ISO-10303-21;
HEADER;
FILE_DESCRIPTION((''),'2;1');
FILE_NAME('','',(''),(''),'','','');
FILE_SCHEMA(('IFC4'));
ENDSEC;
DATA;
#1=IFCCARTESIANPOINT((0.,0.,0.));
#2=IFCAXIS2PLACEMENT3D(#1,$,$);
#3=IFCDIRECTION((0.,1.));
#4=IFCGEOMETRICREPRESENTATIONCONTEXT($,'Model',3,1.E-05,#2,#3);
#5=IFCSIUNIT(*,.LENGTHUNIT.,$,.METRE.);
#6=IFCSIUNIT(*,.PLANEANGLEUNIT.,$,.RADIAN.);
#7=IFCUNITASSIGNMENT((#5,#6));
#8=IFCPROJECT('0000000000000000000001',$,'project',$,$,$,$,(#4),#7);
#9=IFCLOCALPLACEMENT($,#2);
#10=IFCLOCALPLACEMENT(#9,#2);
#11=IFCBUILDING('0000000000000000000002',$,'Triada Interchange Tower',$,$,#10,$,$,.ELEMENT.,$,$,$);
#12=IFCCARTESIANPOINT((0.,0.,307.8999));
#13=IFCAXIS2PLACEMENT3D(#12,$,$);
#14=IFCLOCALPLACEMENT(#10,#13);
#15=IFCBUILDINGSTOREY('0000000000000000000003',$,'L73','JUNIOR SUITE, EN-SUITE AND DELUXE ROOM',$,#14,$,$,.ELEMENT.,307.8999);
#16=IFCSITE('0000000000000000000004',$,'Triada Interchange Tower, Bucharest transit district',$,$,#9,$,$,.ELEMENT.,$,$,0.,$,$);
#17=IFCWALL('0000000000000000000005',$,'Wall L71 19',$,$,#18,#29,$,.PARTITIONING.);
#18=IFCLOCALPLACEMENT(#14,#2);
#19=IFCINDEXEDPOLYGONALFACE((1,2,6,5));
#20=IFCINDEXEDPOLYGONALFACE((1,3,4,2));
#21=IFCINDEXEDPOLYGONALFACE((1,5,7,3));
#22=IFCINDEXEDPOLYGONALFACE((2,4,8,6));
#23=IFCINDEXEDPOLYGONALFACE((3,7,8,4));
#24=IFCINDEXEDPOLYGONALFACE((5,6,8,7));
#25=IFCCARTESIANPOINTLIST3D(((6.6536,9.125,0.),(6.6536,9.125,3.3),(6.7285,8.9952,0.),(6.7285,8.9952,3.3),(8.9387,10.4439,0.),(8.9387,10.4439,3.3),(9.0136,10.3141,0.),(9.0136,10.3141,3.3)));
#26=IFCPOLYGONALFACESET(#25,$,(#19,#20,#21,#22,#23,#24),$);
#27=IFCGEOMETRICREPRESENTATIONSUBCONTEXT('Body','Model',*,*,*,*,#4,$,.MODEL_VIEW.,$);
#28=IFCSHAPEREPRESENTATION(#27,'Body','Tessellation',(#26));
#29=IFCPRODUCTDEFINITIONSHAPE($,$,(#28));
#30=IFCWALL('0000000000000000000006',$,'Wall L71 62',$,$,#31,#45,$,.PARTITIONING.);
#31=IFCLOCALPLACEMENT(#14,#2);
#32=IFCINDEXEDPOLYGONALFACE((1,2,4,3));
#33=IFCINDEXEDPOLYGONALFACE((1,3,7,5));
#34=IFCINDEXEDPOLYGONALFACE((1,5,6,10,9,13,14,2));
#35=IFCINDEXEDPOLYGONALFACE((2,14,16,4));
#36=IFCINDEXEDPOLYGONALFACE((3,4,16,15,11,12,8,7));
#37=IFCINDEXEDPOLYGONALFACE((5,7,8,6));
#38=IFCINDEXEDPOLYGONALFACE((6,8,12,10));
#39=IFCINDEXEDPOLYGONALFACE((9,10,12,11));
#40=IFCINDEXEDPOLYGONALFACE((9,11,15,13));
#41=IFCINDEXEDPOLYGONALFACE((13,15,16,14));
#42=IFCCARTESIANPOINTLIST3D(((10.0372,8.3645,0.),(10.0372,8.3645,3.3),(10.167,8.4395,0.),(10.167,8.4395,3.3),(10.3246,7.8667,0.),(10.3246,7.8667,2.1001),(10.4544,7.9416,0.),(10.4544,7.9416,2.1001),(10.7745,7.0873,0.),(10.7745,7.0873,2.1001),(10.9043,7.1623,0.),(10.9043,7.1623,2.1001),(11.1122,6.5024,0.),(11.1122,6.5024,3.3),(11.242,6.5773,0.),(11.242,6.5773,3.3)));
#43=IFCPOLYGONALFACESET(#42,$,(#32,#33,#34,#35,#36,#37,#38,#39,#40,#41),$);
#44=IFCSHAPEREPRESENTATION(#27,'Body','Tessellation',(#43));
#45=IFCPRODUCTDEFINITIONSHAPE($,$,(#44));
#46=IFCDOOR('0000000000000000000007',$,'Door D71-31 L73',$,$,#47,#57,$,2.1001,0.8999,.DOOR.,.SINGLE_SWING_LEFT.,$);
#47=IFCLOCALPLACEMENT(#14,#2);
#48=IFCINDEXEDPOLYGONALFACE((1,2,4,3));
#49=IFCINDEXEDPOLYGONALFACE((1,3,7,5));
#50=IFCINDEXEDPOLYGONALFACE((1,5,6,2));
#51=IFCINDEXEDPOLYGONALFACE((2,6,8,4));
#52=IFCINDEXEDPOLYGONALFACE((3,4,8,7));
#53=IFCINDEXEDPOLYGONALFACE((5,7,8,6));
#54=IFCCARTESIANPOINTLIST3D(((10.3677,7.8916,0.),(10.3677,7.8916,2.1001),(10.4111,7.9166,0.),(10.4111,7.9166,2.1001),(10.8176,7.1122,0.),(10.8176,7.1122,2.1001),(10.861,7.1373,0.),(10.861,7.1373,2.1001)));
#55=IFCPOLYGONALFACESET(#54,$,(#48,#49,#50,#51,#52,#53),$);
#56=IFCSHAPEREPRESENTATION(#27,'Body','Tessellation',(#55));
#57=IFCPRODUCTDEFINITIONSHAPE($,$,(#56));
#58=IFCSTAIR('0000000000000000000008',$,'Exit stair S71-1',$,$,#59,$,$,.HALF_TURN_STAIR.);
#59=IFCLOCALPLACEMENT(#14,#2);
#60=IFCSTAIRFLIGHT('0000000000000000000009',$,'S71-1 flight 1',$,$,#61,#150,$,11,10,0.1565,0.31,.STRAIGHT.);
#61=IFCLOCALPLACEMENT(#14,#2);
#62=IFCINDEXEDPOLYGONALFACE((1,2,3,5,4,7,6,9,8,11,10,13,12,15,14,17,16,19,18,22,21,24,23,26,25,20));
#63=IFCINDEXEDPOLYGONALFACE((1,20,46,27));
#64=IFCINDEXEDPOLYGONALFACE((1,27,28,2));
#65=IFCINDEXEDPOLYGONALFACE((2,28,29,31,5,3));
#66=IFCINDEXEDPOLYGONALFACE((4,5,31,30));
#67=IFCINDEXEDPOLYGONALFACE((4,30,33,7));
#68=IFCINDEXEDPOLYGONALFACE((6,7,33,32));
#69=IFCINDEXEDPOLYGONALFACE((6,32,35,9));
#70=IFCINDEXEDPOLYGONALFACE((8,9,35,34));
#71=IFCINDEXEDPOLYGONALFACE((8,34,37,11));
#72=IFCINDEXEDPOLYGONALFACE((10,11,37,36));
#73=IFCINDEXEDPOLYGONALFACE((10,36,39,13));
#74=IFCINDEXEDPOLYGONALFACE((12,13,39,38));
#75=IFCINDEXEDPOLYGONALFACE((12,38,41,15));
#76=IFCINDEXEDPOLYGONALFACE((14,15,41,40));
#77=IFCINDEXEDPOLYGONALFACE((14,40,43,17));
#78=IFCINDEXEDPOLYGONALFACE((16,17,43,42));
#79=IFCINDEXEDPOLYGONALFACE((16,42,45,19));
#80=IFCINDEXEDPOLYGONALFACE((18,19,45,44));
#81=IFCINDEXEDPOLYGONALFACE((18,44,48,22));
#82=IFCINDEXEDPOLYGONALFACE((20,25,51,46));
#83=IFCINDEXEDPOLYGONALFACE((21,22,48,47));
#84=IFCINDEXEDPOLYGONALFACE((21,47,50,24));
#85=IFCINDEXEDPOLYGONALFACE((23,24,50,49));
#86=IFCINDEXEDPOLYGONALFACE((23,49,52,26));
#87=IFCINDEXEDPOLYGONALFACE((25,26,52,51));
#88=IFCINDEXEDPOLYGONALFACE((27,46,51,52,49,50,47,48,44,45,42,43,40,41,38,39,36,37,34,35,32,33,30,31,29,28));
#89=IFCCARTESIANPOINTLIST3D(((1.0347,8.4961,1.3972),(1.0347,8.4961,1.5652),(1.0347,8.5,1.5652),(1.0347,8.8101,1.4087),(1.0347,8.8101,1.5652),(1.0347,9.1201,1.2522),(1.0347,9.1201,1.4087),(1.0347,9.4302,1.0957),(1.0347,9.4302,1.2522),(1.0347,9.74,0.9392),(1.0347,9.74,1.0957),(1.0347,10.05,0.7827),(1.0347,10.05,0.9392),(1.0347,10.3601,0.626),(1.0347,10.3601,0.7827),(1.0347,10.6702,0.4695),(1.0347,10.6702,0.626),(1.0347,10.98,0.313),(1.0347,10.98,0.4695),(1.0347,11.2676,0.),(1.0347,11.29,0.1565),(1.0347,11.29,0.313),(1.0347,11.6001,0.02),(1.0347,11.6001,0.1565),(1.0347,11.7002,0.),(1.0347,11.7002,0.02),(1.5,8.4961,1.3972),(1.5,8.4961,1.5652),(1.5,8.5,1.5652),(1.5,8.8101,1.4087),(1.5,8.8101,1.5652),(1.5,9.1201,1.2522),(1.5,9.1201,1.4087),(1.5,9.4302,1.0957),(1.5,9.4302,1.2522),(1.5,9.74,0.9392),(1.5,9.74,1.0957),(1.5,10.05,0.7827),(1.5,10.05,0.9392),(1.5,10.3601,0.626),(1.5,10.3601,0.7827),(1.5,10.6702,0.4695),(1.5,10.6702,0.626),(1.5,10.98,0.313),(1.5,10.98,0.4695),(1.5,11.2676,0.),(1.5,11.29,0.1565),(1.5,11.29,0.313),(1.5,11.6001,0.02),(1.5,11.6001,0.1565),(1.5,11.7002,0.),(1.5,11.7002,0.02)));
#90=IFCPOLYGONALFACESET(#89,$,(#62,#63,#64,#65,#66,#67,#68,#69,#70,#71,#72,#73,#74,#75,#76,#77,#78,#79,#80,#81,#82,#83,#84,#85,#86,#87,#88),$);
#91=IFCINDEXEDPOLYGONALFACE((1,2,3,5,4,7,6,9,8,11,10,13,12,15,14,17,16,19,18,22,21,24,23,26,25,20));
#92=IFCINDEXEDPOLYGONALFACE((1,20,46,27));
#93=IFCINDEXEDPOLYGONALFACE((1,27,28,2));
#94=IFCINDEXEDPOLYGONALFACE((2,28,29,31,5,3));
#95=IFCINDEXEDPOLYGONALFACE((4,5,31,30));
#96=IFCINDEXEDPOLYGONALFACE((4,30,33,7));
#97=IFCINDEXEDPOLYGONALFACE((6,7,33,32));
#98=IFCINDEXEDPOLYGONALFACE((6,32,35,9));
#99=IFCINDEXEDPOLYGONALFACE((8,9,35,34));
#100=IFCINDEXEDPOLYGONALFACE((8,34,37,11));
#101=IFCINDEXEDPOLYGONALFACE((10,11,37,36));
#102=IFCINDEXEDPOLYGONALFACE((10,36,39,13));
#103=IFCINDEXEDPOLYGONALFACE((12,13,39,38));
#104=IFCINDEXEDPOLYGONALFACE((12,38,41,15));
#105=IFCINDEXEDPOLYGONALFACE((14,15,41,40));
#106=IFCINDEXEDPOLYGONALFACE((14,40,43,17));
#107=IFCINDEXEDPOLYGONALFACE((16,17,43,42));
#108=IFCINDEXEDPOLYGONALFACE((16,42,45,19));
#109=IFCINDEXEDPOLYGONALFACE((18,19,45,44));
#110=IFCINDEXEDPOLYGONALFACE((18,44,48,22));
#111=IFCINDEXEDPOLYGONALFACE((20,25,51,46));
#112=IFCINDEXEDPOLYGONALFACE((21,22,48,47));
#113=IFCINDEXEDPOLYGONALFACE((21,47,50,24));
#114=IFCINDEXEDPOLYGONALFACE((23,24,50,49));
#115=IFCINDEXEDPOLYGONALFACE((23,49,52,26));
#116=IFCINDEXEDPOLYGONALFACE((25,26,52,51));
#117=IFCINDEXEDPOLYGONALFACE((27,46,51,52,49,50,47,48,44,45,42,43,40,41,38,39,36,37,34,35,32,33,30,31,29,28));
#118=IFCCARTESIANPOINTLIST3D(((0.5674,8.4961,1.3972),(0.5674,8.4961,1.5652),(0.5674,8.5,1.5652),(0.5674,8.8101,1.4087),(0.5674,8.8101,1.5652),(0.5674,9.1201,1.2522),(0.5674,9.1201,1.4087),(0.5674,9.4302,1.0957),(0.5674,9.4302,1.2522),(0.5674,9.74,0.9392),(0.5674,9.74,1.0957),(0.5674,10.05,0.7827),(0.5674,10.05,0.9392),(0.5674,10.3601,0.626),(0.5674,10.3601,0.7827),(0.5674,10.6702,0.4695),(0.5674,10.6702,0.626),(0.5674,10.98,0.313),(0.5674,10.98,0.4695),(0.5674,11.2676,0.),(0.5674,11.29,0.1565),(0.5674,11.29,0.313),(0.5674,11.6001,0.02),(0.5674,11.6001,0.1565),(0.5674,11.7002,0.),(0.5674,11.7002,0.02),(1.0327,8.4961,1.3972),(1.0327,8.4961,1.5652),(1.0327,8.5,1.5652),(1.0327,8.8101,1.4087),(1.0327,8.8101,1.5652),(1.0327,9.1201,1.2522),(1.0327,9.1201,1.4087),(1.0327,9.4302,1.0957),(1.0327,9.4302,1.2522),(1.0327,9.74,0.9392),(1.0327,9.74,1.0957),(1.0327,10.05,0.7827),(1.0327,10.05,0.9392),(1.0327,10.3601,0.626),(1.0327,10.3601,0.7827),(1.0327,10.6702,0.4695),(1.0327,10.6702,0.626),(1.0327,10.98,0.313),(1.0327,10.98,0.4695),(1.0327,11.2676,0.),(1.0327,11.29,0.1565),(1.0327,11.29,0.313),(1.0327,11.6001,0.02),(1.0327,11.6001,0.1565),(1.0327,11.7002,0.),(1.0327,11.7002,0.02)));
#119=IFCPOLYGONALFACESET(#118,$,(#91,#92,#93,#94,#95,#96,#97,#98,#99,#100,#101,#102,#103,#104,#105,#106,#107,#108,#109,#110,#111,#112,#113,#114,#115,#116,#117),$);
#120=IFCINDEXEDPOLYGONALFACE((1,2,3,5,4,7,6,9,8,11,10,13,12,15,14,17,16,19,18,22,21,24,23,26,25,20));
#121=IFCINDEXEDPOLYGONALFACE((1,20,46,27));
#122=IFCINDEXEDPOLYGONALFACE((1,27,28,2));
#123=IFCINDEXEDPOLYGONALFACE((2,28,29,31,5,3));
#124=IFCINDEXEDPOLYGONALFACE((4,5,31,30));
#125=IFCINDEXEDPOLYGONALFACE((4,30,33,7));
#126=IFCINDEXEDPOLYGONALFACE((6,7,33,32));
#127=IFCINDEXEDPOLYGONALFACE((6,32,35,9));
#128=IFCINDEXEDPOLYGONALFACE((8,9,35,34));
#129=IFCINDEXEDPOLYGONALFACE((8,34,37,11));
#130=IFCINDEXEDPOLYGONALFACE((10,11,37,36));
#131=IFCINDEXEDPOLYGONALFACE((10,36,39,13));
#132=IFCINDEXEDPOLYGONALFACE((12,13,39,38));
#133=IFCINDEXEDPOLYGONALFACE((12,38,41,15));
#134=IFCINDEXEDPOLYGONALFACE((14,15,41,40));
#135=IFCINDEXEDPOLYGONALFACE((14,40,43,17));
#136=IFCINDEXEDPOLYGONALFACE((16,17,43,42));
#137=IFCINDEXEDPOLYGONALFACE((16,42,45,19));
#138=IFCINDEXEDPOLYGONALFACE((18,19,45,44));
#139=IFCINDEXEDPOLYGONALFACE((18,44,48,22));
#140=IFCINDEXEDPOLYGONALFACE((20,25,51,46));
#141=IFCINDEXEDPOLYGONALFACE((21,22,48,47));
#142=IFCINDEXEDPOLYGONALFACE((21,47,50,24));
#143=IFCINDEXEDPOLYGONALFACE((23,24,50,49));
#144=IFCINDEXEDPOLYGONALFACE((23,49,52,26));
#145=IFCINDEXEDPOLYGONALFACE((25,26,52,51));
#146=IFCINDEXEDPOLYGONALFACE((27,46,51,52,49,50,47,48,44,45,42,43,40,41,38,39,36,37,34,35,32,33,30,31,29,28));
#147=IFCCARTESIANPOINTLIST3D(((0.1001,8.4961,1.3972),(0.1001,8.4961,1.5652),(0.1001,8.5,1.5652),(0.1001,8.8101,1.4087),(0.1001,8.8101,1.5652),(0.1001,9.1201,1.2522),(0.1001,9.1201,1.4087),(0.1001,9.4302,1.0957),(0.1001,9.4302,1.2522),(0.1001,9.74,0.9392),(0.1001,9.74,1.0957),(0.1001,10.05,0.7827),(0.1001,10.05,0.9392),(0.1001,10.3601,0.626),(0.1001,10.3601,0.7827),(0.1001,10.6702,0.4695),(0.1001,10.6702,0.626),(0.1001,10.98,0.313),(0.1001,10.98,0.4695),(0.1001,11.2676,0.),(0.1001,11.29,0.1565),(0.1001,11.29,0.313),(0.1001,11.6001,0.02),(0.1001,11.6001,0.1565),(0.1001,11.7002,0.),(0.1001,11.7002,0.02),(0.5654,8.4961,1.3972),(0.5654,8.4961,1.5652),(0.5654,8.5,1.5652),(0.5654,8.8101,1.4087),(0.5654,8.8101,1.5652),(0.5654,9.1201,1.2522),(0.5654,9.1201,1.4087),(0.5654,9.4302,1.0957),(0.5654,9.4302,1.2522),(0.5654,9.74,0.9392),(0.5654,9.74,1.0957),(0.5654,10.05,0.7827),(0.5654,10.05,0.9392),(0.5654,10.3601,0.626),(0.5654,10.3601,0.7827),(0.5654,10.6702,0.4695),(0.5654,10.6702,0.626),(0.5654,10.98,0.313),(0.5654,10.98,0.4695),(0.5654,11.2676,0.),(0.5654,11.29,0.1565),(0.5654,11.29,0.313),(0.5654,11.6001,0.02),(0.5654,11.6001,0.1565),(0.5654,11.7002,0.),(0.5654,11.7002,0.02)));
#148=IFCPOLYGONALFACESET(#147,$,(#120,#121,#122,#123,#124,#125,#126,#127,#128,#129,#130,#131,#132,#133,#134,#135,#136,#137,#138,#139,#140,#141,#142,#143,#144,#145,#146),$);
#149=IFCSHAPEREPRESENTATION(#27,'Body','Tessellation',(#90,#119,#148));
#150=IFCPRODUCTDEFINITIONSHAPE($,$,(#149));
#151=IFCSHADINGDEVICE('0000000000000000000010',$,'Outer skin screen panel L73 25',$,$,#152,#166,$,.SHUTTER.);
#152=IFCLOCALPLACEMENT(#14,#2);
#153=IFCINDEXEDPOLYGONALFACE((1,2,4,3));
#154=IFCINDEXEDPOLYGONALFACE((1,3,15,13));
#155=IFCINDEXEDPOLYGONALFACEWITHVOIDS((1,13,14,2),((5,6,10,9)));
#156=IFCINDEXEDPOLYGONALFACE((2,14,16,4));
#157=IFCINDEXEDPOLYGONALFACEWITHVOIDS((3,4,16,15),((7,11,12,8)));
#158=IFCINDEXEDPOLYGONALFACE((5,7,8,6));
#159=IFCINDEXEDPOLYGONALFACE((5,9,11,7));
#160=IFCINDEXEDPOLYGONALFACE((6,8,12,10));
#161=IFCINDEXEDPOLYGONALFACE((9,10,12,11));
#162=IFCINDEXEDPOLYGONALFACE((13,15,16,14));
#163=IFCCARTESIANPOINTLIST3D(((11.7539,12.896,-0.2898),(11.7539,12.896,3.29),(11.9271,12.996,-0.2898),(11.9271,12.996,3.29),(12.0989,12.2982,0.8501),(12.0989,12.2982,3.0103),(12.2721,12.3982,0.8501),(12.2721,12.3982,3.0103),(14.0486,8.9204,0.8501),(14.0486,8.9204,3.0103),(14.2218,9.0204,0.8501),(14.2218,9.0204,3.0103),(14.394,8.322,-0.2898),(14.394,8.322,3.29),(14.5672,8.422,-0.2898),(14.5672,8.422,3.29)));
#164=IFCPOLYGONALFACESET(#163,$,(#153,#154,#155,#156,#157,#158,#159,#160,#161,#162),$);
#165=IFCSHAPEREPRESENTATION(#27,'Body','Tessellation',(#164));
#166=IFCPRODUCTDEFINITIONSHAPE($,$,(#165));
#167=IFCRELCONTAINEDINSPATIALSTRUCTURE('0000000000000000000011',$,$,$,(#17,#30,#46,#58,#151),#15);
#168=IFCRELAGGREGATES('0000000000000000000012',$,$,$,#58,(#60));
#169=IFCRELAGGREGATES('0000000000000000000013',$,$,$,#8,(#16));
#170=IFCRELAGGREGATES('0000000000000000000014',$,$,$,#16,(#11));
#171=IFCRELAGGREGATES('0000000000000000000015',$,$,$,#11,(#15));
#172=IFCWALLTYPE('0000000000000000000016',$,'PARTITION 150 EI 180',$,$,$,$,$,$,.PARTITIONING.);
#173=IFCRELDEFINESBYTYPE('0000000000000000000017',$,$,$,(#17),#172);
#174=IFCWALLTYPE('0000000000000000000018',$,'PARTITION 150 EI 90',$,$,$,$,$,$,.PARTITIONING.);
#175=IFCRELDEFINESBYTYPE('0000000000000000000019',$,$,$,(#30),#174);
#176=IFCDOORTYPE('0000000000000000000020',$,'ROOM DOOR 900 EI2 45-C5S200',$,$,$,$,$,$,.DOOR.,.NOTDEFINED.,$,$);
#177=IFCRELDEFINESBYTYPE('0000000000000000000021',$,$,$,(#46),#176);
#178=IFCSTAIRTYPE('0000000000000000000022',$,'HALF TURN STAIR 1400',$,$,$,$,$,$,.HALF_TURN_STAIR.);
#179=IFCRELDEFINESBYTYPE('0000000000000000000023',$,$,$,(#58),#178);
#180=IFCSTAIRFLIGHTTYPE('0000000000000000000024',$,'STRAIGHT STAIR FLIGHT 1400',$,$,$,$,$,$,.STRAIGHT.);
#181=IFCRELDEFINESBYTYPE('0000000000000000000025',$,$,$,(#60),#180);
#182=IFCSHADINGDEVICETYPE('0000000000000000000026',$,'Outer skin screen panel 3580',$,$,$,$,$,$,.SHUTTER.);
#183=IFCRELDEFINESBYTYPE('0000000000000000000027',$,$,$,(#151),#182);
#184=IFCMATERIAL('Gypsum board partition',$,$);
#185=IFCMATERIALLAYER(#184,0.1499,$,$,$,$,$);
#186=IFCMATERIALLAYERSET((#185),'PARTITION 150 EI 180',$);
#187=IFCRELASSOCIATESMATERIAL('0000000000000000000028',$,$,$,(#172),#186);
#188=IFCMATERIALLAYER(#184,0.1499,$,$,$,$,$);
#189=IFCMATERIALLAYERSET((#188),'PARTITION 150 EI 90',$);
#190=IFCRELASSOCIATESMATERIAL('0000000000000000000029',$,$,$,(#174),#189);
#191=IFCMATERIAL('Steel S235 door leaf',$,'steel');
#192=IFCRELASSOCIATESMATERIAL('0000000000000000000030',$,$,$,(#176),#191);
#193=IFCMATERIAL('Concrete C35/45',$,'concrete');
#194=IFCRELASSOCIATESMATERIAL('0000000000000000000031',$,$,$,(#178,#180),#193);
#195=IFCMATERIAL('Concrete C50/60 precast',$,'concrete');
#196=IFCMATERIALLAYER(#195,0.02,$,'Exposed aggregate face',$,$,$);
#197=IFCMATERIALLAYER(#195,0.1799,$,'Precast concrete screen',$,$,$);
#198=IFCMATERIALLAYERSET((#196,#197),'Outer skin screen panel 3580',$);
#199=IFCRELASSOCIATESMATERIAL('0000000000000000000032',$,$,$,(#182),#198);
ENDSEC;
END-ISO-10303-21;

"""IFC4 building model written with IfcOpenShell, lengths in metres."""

from ifc_helpers import new_model, si_unit, direction, frame, frame_2d, origin, place, context, subcontext, project, spatial, polyline, rectangle, outline, extrude, material, layer, layer_set, type_object, element, fill, aggregate, save


model = new_model("IFC4")

# Units and contexts
model_context = context("Model", 3, precision=1e-05, world=origin(), true_north=direction((0.0, 1.0)))
body_context = subcontext(model_context, "Body", "Model", "MODEL_VIEW")
ifc_project = project(units=[si_unit("LENGTHUNIT", "METRE"), si_unit("PLANEANGLEUNIT", "RADIAN")], contexts=[model_context])

# Site, building, storey
site_placement = place(None, origin())
site = spatial("IfcSite", under=ifc_project, at=site_placement, Name="Triada Interchange Tower, Bucharest transit district", CompositionType="ELEMENT", RefElevation=0.0)
building_placement = place(site_placement, origin())
building = spatial("IfcBuilding", under=site, at=building_placement, Name="Triada Interchange Tower", CompositionType="ELEMENT")
storey_placement = place(building_placement, frame((0.0, 0.0, 307.8999)))
storey = spatial("IfcBuildingStorey", under=building, at=storey_placement, Name="L73", Description="JUNIOR SUITE, EN-SUITE AND DELUXE ROOM", CompositionType="ELEMENT", Elevation=307.8999)

# Shared definitions
ifc_material_1 = material(Name="Steel S235 door leaf", Category="steel")

# Wall
ifc_material_2 = material(Name="Gypsum board partition")
ifc_layer_1 = layer(ifc_material_2, 0.1499)
ifc_layer_set_1 = layer_set([ifc_layer_1], Name="PARTITION 150 EI 180")
wall_type_1 = type_object("IfcWallType", Name="PARTITION 150 EI 180", PredefinedType="PARTITIONING", material=ifc_layer_set_1)
wall_1_placement = place(storey_placement, frame((6.6909, 9.0601, 0.0), z_axis=(0.0, 0.0, 1.0), x_axis=(0.866105, 0.499861, 0.0)))
element("IfcWall", 1, at=wall_1_placement, inside=storey, type_object=wall_type_1, Name="Wall L71 19", PredefinedType="PARTITIONING", context=body_context, shape_type="SweptSolid", body=[
    extrude(rectangle(XDim=2.6384, YDim=0.1499, at=frame_2d((1.3193, 0.0))), origin(), (0.0, 0.0, 1.0), 3.3),
])

# Wall, opening, door
ifc_layer_2 = layer(ifc_material_2, 0.1499)
ifc_layer_set_2 = layer_set([ifc_layer_2], Name="PARTITION 150 EI 90")
wall_type_2 = type_object("IfcWallType", Name="PARTITION 150 EI 90", PredefinedType="PARTITIONING", material=ifc_layer_set_2)
wall_2_placement = place(storey_placement, frame((10.1021, 8.4021, 0.0), z_axis=(0.0, 0.0, 1.0), x_axis=(0.499962, -0.866048, 0.0)))
wall_2 = element("IfcWall", 2, at=wall_2_placement, inside=storey, type_object=wall_type_2, Name="Wall L71 62", PredefinedType="PARTITIONING", context=body_context, shape_type="SweptSolid", body=[
    extrude(rectangle(XDim=2.1501, YDim=0.1499, at=frame_2d((1.0752, 0.0))), origin(), (0.0, 0.0, 1.0), 3.3),
])
opening_1_placement = place(wall_2_placement, frame((0.575, 0.0, 0.0)))
opening_1 = element("IfcOpeningElement", 3, at=opening_1_placement, cuts=wall_2, PredefinedType="OPENING", context=body_context, shape_type="SweptSolid", body=[
    extrude(rectangle(XDim=0.8999, YDim=2.1001, at=frame_2d((0.45, 1.05))), frame((0.0, 0.085, 0.0), z_axis=(0.0, -1.0, 0.0), x_axis=(1.0, 0.0, 0.0)), (0.0, 0.0, 1.0), 0.1699),
])
door_type_1 = type_object("IfcDoorType", Name="ROOM DOOR 900 EI2 45-C5S200", OperationType="NOTDEFINED", PredefinedType="DOOR", material=ifc_material_1)
door_1_placement = place(opening_1_placement, origin())
door_1 = element("IfcDoor", 4, at=door_1_placement, inside=storey, type_object=door_type_1, Name="Door D71-31 L73", OperationType="SINGLE_SWING_LEFT", OverallHeight=2.1001, OverallWidth=0.8999, PredefinedType="DOOR", context=body_context, shape_type="SweptSolid", body=[
    extrude(rectangle(XDim=0.8999, YDim=2.1001, at=frame_2d((0.45, 1.05))), frame((0.0, 0.0249, 0.0), z_axis=(0.0, -1.0, 0.0), x_axis=(1.0, 0.0, 0.0)), (0.0, 0.0, 1.0), 0.05),
])
fill(opening_1, door_1)

# Stair, stair flight
ifc_material_3 = material(Name="Concrete C35/45", Category="concrete")
stair_type = type_object("IfcStairType", Name="HALF TURN STAIR 1400", PredefinedType="HALF_TURN_STAIR", material=ifc_material_3)
stair_placement = place(storey_placement, origin())
stair = element("IfcStair", 5, at=stair_placement, inside=storey, type_object=stair_type, Name="Exit stair S71-1", PredefinedType="HALF_TURN_STAIR")
stair_flight_type = type_object("IfcStairFlightType", Name="STRAIGHT STAIR FLIGHT 1400", PredefinedType="STRAIGHT", material=ifc_material_3)
stair_flight_placement = place(storey_placement, frame((0.8, 11.6001, 0.0), z_axis=(0.0, 0.0, 1.0), x_axis=(0.0, -1.0, 0.0)))
stair_flight = element("IfcStairFlight", 6, at=stair_flight_placement, type_object=stair_flight_type, Name="S71-1 flight 1", NumberOfRisers=11, NumberOfTreads=10, PredefinedType="STRAIGHT", RiserHeight=0.1565, TreadLength=0.31, context=body_context, shape_type="SweptSolid", body=[
    extrude(outline(polyline([(-0.1001, 0.0), (-0.1001, 0.02), (0.0, 0.02), (0.0, 0.1565), (0.3101, 0.1565), (0.3101, 0.313), (0.6201, 0.313), (0.6201, 0.4695), (0.9299, 0.4695), (0.9299, 0.626), (1.24, 0.626), (1.24, 0.7827), (1.55, 0.7827), (1.55, 0.9392), (1.8601, 0.9392), (1.8601, 1.0957), (2.1699, 1.0957), (2.1699, 1.2522), (2.48, 1.2522), (2.48, 1.4087), (2.79, 1.4087), (2.79, 1.5652), (3.1001, 1.5652), (3.104, 1.5652), (3.104, 1.7217), (3.104, 1.3972), (0.3325, 0.0), (-0.1001, 0.0)])), frame((0.0, 0.7, 0.0), z_axis=(0.0, -1.0, 0.0), x_axis=(1.0, 0.0, 0.0)), (0.0, 0.0, 1.0), 0.4653),
    extrude(outline(polyline([(-0.1001, 0.0), (-0.1001, 0.02), (0.0, 0.02), (0.0, 0.1565), (0.3101, 0.1565), (0.3101, 0.313), (0.6201, 0.313), (0.6201, 0.4695), (0.9299, 0.4695), (0.9299, 0.626), (1.24, 0.626), (1.24, 0.7827), (1.55, 0.7827), (1.55, 0.9392), (1.8601, 0.9392), (1.8601, 1.0957), (2.1699, 1.0957), (2.1699, 1.2522), (2.48, 1.2522), (2.48, 1.4087), (2.79, 1.4087), (2.79, 1.5652), (3.1001, 1.5652), (3.104, 1.5652), (3.104, 1.7217), (3.104, 1.3972), (0.3325, 0.0), (-0.1001, 0.0)])), frame((0.0, 0.2327, 0.0), z_axis=(0.0, -1.0, 0.0), x_axis=(1.0, 0.0, 0.0)), (0.0, 0.0, 1.0), 0.4653),
    extrude(outline(polyline([(-0.1001, 0.0), (-0.1001, 0.02), (0.0, 0.02), (0.0, 0.1565), (0.3101, 0.1565), (0.3101, 0.313), (0.6201, 0.313), (0.6201, 0.4695), (0.9299, 0.4695), (0.9299, 0.626), (1.24, 0.626), (1.24, 0.7827), (1.55, 0.7827), (1.55, 0.9392), (1.8601, 0.9392), (1.8601, 1.0957), (2.1699, 1.0957), (2.1699, 1.2522), (2.48, 1.2522), (2.48, 1.4087), (2.79, 1.4087), (2.79, 1.5652), (3.1001, 1.5652), (3.104, 1.5652), (3.104, 1.7217), (3.104, 1.3972), (0.3325, 0.0), (-0.1001, 0.0)])), frame((0.0, -0.2346, 0.0), z_axis=(0.0, -1.0, 0.0), x_axis=(1.0, 0.0, 0.0)), (0.0, 0.0, 1.0), 0.4653),
])

# Shading device
ifc_material_4 = material(Name="Concrete C50/60 precast", Category="concrete")
ifc_layer_3 = layer(ifc_material_4, 0.02, Name="Exposed aggregate face")
ifc_layer_4 = layer(ifc_material_4, 0.1799, Name="Precast concrete screen")
ifc_layer_set_3 = layer_set([ifc_layer_3, ifc_layer_4], Name="Outer skin screen panel 3580")
shading_device_type = type_object("IfcShadingDeviceType", Name="Outer skin screen panel 3580", PredefinedType="SHUTTER", material=ifc_layer_set_3)
shading_device_1_placement = place(storey_placement, frame((14.394, 8.322, -0.2898), z_axis=(0.0, 0.0, 1.0), x_axis=(-0.499908, 0.866079, 0.0)))
element("IfcShadingDevice", 7, at=shading_device_1_placement, inside=storey, type_object=shading_device_type, Name="Outer skin screen panel L73 25", PredefinedType="SHUTTER", context=body_context, shape_type="SweptSolid", body=[
    extrude(outline(polyline([(0.0, 0.0), (5.2812, 0.0), (5.2812, 3.5798), (0.0, 3.5798), (0.0, 0.0)]), holes=[polyline([(0.6909, 1.1399), (0.6909, 3.3), (4.5911, 3.3), (4.5911, 1.1399), (0.6909, 1.1399)])]), frame((0.0, 0.0, 0.0), z_axis=(0.0, -1.0, 0.0), x_axis=(1.0, 0.0, 0.0)), (0.0, 0.0, 1.0), 0.2),
])

aggregate(stair, [stair_flight])

save(model, "model.ifc")
